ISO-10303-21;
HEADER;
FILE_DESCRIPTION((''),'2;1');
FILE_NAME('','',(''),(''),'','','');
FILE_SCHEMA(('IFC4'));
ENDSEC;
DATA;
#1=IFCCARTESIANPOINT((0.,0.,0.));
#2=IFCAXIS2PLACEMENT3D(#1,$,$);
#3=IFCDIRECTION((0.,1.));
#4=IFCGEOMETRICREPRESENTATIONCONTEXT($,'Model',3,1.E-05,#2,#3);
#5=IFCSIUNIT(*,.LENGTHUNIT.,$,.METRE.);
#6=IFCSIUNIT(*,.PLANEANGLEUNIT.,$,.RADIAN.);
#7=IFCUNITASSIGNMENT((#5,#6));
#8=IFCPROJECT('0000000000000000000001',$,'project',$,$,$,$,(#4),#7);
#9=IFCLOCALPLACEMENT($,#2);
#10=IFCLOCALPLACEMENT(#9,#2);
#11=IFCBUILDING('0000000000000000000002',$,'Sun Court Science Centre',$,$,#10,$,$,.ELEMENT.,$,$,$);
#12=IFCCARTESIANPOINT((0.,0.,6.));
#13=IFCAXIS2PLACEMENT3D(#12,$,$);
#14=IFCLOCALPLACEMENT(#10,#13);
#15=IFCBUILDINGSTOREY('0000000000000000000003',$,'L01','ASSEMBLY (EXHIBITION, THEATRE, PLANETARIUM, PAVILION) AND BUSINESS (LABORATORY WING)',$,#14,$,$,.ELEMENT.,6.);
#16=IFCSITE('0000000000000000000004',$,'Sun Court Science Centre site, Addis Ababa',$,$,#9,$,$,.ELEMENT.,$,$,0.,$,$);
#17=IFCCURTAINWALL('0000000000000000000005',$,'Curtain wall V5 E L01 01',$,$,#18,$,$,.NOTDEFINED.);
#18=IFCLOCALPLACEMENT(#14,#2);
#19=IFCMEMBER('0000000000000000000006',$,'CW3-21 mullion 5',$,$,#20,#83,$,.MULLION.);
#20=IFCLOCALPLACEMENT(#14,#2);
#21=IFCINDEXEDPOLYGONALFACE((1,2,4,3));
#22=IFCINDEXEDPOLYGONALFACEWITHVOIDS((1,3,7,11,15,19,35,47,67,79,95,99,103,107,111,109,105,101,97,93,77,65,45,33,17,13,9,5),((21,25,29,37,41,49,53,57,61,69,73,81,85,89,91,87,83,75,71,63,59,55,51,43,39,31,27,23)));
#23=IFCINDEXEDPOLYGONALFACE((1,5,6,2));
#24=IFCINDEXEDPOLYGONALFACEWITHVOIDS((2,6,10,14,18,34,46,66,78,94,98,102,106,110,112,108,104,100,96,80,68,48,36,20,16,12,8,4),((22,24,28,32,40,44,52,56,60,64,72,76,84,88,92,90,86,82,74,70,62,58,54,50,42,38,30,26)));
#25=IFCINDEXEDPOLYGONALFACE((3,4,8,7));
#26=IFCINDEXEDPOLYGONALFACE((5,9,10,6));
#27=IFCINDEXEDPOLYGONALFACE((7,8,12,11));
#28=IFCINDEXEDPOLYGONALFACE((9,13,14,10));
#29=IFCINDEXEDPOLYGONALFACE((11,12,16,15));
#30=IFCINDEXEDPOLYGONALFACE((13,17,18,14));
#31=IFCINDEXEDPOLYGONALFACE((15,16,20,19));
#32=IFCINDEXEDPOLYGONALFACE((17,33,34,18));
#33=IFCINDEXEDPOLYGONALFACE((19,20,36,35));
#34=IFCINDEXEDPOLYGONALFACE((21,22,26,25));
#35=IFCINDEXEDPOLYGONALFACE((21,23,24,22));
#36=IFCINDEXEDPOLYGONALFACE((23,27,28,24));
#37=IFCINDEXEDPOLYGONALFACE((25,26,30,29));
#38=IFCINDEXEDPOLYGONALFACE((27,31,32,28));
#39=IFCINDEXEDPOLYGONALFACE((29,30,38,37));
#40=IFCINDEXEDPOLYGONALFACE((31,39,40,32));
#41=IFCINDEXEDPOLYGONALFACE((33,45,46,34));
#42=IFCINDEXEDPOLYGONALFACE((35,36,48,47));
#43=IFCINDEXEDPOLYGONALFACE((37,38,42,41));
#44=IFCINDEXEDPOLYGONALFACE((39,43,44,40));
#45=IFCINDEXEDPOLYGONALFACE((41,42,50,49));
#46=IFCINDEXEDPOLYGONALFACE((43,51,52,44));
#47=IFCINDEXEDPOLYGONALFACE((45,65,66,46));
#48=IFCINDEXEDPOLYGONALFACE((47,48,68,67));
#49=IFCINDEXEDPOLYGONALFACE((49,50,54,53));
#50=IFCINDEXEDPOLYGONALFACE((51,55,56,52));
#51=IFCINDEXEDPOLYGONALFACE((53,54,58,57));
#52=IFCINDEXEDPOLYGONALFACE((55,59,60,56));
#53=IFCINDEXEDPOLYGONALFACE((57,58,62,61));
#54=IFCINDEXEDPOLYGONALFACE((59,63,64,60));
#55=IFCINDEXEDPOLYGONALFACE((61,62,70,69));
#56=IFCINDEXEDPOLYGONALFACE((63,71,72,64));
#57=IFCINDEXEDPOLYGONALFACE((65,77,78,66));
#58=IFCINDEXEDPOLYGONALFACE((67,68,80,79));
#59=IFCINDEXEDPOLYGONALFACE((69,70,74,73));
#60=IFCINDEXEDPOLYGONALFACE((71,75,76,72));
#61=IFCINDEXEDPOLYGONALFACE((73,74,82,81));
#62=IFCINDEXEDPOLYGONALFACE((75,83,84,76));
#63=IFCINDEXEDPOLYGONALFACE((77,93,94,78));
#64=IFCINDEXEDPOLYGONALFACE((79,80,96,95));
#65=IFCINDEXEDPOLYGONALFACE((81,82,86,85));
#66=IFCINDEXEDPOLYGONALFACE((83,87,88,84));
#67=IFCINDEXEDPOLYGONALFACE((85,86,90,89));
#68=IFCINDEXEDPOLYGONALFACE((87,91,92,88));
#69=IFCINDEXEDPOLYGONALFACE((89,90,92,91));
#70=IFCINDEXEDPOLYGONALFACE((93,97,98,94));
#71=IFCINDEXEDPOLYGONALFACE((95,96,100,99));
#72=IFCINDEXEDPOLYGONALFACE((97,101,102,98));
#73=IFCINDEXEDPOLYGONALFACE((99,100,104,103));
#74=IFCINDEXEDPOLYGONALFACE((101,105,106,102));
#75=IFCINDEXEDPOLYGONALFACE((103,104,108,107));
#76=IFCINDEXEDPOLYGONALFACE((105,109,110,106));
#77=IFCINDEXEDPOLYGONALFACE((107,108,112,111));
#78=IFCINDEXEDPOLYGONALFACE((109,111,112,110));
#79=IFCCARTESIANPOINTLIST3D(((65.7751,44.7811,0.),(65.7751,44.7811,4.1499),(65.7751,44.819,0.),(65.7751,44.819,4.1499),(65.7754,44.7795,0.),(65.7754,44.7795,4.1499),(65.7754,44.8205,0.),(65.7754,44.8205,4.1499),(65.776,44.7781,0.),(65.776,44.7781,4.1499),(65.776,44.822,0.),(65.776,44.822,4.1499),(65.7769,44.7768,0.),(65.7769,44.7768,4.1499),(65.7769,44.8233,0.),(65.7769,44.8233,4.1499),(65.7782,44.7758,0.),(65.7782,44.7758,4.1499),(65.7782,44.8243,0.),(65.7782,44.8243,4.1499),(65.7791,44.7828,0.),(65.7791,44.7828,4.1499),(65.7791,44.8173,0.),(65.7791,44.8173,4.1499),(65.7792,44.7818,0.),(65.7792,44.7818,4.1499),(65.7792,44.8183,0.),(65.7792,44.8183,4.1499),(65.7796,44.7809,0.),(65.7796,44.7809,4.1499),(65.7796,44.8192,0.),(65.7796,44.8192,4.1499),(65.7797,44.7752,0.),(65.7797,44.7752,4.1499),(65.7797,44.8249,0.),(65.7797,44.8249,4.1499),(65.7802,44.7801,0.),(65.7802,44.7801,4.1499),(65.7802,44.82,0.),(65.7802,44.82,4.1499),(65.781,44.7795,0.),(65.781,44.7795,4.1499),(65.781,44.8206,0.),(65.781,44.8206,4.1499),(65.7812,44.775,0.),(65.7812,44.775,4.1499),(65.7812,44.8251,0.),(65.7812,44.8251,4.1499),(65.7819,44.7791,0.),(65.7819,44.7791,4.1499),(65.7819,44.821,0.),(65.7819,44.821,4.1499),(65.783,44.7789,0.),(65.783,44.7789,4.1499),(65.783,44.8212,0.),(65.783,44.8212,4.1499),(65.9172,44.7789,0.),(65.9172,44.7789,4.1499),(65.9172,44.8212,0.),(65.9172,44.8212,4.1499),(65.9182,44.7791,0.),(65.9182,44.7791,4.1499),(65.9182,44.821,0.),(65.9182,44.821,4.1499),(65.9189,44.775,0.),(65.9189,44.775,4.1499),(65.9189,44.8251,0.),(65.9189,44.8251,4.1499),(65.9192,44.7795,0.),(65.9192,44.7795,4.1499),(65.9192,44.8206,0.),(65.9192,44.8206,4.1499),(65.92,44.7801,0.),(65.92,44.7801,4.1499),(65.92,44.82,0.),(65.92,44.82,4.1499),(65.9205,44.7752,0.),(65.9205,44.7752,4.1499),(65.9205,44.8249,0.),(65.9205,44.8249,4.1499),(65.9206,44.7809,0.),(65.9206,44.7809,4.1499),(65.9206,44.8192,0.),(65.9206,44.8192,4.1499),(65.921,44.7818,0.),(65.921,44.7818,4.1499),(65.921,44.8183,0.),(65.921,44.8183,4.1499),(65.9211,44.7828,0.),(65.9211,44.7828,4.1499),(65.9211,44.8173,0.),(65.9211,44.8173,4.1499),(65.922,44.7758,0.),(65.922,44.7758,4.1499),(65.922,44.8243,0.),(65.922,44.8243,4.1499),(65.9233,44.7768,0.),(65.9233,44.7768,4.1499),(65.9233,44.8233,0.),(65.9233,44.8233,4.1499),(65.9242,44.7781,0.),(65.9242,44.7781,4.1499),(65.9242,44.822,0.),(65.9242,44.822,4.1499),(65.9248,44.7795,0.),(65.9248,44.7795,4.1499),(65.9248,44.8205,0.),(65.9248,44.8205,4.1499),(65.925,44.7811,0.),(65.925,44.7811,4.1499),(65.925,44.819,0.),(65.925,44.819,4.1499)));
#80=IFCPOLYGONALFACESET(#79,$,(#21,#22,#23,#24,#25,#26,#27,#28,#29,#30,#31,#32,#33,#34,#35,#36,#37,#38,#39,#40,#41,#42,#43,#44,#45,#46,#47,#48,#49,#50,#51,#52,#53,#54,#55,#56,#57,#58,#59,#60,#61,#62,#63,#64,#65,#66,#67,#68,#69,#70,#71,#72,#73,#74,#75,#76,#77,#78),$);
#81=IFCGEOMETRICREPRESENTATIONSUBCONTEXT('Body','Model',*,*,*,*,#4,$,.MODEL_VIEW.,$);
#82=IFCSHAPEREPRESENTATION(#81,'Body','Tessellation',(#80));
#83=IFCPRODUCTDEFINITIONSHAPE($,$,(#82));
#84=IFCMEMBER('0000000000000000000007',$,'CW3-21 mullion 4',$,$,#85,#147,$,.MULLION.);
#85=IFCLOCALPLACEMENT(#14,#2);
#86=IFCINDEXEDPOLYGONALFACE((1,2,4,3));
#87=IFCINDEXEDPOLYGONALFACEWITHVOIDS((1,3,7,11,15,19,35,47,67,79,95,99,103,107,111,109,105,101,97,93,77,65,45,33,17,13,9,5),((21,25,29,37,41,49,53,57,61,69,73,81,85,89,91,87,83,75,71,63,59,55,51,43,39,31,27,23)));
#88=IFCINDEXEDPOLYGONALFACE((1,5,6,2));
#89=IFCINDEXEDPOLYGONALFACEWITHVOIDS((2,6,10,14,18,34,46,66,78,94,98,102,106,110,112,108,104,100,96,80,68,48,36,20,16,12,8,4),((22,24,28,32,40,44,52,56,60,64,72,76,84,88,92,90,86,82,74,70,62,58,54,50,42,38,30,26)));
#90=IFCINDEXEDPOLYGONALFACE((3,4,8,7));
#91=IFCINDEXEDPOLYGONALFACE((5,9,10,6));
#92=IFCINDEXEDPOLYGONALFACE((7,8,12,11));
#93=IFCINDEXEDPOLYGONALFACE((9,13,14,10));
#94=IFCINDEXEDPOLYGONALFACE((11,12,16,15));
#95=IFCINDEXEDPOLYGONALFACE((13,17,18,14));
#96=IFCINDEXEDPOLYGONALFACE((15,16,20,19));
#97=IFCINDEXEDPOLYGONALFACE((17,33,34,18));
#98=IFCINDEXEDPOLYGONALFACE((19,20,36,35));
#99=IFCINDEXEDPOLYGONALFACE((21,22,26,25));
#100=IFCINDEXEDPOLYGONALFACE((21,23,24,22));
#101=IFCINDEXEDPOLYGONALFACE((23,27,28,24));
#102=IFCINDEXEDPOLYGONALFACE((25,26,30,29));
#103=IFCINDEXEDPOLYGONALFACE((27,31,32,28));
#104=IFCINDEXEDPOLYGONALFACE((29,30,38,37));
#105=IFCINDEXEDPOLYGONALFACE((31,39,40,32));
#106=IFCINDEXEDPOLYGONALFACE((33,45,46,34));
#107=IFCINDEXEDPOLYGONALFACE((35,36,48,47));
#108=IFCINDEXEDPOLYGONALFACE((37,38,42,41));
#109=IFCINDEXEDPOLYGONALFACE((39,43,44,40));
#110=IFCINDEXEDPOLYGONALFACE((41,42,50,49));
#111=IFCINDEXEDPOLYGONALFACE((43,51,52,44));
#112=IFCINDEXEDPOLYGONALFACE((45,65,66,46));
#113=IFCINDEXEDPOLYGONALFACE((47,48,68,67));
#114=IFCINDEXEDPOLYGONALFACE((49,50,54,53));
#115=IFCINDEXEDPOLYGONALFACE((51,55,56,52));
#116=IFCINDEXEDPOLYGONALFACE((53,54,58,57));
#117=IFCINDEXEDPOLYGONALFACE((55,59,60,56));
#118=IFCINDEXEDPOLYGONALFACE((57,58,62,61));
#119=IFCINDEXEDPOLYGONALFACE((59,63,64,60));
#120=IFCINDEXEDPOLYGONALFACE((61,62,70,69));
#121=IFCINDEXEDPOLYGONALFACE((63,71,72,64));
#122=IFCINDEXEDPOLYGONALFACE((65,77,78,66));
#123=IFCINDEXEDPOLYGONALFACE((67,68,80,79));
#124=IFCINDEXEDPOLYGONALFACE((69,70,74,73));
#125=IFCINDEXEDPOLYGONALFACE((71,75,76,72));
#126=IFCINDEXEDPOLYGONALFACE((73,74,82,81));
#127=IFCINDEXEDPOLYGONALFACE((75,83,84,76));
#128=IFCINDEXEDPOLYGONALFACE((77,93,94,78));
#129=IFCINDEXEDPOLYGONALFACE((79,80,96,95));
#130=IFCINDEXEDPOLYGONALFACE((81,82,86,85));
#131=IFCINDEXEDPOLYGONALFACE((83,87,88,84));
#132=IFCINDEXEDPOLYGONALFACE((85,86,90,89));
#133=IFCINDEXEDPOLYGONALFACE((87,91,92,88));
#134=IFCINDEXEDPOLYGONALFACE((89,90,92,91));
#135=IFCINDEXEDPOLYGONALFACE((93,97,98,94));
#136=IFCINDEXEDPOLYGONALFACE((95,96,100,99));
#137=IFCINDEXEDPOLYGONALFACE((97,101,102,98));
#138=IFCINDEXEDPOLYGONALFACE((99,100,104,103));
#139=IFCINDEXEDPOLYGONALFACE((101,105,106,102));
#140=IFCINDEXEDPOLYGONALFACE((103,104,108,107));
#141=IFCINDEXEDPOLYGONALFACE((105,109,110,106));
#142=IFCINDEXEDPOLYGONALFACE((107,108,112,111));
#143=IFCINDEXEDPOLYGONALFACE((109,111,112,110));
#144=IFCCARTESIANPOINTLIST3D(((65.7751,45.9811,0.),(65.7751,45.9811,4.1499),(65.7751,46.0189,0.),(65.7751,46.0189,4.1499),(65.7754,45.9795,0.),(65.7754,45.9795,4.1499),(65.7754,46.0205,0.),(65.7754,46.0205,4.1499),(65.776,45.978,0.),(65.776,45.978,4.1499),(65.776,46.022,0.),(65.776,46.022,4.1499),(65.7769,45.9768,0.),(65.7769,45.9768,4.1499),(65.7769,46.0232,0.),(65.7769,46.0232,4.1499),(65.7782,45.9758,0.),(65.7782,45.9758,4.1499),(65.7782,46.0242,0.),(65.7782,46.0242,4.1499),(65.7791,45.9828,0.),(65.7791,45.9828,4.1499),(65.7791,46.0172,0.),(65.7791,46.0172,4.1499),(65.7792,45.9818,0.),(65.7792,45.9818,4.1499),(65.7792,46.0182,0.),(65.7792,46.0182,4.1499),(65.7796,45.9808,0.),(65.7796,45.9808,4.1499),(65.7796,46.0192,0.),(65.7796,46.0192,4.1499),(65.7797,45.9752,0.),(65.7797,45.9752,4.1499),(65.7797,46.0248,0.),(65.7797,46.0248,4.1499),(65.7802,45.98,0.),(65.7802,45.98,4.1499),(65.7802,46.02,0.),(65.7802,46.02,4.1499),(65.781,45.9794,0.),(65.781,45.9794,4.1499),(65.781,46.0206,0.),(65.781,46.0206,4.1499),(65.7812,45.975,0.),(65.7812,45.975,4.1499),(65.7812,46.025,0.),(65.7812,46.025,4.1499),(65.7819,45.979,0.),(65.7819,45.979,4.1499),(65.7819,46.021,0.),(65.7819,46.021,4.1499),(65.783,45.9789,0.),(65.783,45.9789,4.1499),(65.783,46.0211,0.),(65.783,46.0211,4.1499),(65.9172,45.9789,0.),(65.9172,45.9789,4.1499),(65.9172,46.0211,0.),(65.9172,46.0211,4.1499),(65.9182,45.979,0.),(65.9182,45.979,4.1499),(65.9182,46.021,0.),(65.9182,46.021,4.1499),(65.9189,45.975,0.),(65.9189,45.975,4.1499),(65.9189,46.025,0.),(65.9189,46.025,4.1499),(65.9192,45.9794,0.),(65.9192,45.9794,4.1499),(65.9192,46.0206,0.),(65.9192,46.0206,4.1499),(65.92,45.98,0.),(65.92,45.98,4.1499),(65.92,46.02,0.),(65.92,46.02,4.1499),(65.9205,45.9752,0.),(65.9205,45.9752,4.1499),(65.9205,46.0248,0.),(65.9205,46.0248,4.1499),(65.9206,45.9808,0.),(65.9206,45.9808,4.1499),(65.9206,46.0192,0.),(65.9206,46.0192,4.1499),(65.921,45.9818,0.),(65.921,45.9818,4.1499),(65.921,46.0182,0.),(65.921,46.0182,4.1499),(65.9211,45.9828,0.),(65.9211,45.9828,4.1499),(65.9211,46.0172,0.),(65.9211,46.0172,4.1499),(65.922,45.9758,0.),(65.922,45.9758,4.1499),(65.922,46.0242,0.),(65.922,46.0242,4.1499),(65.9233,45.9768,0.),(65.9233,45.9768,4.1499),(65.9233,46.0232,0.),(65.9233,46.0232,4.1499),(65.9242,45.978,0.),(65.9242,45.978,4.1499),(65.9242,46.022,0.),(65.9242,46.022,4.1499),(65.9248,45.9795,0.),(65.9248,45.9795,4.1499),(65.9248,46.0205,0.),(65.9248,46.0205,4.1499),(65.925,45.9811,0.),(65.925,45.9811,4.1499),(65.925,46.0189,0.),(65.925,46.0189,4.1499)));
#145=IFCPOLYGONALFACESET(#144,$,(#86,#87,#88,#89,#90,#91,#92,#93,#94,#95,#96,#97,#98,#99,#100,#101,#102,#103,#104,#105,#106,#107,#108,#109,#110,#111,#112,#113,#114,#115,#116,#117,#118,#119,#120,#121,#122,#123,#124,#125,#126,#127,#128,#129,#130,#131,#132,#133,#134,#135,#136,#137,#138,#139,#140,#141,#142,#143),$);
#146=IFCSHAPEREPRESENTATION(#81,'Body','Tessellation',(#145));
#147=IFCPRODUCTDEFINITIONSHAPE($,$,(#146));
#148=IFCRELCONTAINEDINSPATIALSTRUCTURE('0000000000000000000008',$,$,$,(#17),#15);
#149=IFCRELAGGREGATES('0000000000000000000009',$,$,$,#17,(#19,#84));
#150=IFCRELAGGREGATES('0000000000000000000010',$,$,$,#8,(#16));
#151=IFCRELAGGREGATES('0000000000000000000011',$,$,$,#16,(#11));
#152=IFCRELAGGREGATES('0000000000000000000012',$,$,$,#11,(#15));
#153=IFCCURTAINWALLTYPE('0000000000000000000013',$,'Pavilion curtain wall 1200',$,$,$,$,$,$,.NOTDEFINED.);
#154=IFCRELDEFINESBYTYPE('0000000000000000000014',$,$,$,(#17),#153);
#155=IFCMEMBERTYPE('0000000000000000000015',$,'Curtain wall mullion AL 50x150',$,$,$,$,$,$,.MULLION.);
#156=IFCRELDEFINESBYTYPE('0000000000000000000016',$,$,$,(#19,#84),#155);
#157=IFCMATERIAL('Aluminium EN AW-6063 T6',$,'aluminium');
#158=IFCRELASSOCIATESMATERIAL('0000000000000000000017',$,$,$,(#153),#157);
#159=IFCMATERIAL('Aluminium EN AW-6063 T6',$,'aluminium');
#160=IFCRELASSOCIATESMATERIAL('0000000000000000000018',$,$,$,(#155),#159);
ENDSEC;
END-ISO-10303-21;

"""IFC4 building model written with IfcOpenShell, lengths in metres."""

from ifc_helpers import new_model, si_unit, direction, frame, origin, origin_2d, place, context, subcontext, project, spatial, hollow_rectangle, extrude, material, material_profile, profile_set, type_object, element, aggregate, save


model = new_model("IFC4")

# Units and contexts
model_context = context("Model", 3, precision=1e-05, world=origin(), true_north=direction((0.0, 1.0)))
body_context = subcontext(model_context, "Body", "Model", "MODEL_VIEW")
ifc_project = project(units=[si_unit("LENGTHUNIT", "METRE"), si_unit("PLANEANGLEUNIT", "RADIAN")], contexts=[model_context])

# Site, building, storey
site_placement = place(None, origin())
site = spatial("IfcSite", under=ifc_project, at=site_placement, Name="Sun Court Science Centre site, Addis Ababa", CompositionType="ELEMENT", RefElevation=0.0)
building_placement = place(site_placement, origin())
building = spatial("IfcBuilding", under=site, at=building_placement, Name="Sun Court Science Centre", CompositionType="ELEMENT")
storey_placement = place(building_placement, frame((0.0, 0.0, 6.0)))
storey = spatial("IfcBuildingStorey", under=building, at=storey_placement, Name="L01", Description="ASSEMBLY (EXHIBITION, THEATRE, PLANETARIUM, PAVILION) AND BUSINESS (LABORATORY WING)", CompositionType="ELEMENT", Elevation=6.0)

# Curtain wall, members
ifc_material_1 = material(Name="Aluminium EN AW-6063 T6", Category="aluminium")
curtain_wall_type = type_object("IfcCurtainWallType", Name="Pavilion curtain wall 1200", PredefinedType="NOTDEFINED", material=ifc_material_1)
curtain_wall_placement = place(storey_placement, origin())
curtain_wall = element("IfcCurtainWall", 1, at=curtain_wall_placement, inside=storey, type_object=curtain_wall_type, Name="Curtain wall V5 E L01 01", PredefinedType="NOTDEFINED")
ifc_material_2 = material(Name="Aluminium EN AW-6063 T6", Category="aluminium")
ifc_material_profile_1 = material_profile(ifc_material_2, hollow_rectangle(XDim=0.05, YDim=0.1499, WallThickness=0.0039, InnerFilletRadius=0.0039, OuterFilletRadius=0.0061, at=origin_2d()), Name="AL 50x150x4")
ifc_profile_set_1 = profile_set([ifc_material_profile_1], Name="Aluminium EN AW-6063 T6")
member_type_1 = type_object("IfcMemberType", Name="Curtain wall mullion AL 50x150", PredefinedType="MULLION", material=ifc_profile_set_1)
member_1_placement = place(storey_placement, frame((65.8501, 44.8, 0.0), z_axis=(0.0, 0.0, 1.0), x_axis=(0.0, -1.0, 0.0)))
member_1 = element("IfcMember", 2, at=member_1_placement, type_object=member_type_1, Name="CW3-21 mullion 5", PredefinedType="MULLION", context=body_context, shape_type="SweptSolid", body=[
    extrude(hollow_rectangle(XDim=0.05, YDim=0.1499, WallThickness=0.0039, InnerFilletRadius=0.0039, OuterFilletRadius=0.0061, at=origin_2d()), origin(), (0.0, 0.0, 1.0), 4.1499),
])
member_2_placement = place(storey_placement, frame((65.8501, 46.0, 0.0), z_axis=(0.0, 0.0, 1.0), x_axis=(0.0, -1.0, 0.0)))
member_2 = element("IfcMember", 3, at=member_2_placement, type_object=member_type_1, Name="CW3-21 mullion 4", PredefinedType="MULLION", context=body_context, shape_type="SweptSolid", body=[
    extrude(hollow_rectangle(XDim=0.05, YDim=0.1499, WallThickness=0.0039, InnerFilletRadius=0.0039, OuterFilletRadius=0.0061, at=origin_2d()), origin(), (0.0, 0.0, 1.0), 4.1499),
])
aggregate(curtain_wall, [member_1, member_2])

save(model, "model.ifc")
